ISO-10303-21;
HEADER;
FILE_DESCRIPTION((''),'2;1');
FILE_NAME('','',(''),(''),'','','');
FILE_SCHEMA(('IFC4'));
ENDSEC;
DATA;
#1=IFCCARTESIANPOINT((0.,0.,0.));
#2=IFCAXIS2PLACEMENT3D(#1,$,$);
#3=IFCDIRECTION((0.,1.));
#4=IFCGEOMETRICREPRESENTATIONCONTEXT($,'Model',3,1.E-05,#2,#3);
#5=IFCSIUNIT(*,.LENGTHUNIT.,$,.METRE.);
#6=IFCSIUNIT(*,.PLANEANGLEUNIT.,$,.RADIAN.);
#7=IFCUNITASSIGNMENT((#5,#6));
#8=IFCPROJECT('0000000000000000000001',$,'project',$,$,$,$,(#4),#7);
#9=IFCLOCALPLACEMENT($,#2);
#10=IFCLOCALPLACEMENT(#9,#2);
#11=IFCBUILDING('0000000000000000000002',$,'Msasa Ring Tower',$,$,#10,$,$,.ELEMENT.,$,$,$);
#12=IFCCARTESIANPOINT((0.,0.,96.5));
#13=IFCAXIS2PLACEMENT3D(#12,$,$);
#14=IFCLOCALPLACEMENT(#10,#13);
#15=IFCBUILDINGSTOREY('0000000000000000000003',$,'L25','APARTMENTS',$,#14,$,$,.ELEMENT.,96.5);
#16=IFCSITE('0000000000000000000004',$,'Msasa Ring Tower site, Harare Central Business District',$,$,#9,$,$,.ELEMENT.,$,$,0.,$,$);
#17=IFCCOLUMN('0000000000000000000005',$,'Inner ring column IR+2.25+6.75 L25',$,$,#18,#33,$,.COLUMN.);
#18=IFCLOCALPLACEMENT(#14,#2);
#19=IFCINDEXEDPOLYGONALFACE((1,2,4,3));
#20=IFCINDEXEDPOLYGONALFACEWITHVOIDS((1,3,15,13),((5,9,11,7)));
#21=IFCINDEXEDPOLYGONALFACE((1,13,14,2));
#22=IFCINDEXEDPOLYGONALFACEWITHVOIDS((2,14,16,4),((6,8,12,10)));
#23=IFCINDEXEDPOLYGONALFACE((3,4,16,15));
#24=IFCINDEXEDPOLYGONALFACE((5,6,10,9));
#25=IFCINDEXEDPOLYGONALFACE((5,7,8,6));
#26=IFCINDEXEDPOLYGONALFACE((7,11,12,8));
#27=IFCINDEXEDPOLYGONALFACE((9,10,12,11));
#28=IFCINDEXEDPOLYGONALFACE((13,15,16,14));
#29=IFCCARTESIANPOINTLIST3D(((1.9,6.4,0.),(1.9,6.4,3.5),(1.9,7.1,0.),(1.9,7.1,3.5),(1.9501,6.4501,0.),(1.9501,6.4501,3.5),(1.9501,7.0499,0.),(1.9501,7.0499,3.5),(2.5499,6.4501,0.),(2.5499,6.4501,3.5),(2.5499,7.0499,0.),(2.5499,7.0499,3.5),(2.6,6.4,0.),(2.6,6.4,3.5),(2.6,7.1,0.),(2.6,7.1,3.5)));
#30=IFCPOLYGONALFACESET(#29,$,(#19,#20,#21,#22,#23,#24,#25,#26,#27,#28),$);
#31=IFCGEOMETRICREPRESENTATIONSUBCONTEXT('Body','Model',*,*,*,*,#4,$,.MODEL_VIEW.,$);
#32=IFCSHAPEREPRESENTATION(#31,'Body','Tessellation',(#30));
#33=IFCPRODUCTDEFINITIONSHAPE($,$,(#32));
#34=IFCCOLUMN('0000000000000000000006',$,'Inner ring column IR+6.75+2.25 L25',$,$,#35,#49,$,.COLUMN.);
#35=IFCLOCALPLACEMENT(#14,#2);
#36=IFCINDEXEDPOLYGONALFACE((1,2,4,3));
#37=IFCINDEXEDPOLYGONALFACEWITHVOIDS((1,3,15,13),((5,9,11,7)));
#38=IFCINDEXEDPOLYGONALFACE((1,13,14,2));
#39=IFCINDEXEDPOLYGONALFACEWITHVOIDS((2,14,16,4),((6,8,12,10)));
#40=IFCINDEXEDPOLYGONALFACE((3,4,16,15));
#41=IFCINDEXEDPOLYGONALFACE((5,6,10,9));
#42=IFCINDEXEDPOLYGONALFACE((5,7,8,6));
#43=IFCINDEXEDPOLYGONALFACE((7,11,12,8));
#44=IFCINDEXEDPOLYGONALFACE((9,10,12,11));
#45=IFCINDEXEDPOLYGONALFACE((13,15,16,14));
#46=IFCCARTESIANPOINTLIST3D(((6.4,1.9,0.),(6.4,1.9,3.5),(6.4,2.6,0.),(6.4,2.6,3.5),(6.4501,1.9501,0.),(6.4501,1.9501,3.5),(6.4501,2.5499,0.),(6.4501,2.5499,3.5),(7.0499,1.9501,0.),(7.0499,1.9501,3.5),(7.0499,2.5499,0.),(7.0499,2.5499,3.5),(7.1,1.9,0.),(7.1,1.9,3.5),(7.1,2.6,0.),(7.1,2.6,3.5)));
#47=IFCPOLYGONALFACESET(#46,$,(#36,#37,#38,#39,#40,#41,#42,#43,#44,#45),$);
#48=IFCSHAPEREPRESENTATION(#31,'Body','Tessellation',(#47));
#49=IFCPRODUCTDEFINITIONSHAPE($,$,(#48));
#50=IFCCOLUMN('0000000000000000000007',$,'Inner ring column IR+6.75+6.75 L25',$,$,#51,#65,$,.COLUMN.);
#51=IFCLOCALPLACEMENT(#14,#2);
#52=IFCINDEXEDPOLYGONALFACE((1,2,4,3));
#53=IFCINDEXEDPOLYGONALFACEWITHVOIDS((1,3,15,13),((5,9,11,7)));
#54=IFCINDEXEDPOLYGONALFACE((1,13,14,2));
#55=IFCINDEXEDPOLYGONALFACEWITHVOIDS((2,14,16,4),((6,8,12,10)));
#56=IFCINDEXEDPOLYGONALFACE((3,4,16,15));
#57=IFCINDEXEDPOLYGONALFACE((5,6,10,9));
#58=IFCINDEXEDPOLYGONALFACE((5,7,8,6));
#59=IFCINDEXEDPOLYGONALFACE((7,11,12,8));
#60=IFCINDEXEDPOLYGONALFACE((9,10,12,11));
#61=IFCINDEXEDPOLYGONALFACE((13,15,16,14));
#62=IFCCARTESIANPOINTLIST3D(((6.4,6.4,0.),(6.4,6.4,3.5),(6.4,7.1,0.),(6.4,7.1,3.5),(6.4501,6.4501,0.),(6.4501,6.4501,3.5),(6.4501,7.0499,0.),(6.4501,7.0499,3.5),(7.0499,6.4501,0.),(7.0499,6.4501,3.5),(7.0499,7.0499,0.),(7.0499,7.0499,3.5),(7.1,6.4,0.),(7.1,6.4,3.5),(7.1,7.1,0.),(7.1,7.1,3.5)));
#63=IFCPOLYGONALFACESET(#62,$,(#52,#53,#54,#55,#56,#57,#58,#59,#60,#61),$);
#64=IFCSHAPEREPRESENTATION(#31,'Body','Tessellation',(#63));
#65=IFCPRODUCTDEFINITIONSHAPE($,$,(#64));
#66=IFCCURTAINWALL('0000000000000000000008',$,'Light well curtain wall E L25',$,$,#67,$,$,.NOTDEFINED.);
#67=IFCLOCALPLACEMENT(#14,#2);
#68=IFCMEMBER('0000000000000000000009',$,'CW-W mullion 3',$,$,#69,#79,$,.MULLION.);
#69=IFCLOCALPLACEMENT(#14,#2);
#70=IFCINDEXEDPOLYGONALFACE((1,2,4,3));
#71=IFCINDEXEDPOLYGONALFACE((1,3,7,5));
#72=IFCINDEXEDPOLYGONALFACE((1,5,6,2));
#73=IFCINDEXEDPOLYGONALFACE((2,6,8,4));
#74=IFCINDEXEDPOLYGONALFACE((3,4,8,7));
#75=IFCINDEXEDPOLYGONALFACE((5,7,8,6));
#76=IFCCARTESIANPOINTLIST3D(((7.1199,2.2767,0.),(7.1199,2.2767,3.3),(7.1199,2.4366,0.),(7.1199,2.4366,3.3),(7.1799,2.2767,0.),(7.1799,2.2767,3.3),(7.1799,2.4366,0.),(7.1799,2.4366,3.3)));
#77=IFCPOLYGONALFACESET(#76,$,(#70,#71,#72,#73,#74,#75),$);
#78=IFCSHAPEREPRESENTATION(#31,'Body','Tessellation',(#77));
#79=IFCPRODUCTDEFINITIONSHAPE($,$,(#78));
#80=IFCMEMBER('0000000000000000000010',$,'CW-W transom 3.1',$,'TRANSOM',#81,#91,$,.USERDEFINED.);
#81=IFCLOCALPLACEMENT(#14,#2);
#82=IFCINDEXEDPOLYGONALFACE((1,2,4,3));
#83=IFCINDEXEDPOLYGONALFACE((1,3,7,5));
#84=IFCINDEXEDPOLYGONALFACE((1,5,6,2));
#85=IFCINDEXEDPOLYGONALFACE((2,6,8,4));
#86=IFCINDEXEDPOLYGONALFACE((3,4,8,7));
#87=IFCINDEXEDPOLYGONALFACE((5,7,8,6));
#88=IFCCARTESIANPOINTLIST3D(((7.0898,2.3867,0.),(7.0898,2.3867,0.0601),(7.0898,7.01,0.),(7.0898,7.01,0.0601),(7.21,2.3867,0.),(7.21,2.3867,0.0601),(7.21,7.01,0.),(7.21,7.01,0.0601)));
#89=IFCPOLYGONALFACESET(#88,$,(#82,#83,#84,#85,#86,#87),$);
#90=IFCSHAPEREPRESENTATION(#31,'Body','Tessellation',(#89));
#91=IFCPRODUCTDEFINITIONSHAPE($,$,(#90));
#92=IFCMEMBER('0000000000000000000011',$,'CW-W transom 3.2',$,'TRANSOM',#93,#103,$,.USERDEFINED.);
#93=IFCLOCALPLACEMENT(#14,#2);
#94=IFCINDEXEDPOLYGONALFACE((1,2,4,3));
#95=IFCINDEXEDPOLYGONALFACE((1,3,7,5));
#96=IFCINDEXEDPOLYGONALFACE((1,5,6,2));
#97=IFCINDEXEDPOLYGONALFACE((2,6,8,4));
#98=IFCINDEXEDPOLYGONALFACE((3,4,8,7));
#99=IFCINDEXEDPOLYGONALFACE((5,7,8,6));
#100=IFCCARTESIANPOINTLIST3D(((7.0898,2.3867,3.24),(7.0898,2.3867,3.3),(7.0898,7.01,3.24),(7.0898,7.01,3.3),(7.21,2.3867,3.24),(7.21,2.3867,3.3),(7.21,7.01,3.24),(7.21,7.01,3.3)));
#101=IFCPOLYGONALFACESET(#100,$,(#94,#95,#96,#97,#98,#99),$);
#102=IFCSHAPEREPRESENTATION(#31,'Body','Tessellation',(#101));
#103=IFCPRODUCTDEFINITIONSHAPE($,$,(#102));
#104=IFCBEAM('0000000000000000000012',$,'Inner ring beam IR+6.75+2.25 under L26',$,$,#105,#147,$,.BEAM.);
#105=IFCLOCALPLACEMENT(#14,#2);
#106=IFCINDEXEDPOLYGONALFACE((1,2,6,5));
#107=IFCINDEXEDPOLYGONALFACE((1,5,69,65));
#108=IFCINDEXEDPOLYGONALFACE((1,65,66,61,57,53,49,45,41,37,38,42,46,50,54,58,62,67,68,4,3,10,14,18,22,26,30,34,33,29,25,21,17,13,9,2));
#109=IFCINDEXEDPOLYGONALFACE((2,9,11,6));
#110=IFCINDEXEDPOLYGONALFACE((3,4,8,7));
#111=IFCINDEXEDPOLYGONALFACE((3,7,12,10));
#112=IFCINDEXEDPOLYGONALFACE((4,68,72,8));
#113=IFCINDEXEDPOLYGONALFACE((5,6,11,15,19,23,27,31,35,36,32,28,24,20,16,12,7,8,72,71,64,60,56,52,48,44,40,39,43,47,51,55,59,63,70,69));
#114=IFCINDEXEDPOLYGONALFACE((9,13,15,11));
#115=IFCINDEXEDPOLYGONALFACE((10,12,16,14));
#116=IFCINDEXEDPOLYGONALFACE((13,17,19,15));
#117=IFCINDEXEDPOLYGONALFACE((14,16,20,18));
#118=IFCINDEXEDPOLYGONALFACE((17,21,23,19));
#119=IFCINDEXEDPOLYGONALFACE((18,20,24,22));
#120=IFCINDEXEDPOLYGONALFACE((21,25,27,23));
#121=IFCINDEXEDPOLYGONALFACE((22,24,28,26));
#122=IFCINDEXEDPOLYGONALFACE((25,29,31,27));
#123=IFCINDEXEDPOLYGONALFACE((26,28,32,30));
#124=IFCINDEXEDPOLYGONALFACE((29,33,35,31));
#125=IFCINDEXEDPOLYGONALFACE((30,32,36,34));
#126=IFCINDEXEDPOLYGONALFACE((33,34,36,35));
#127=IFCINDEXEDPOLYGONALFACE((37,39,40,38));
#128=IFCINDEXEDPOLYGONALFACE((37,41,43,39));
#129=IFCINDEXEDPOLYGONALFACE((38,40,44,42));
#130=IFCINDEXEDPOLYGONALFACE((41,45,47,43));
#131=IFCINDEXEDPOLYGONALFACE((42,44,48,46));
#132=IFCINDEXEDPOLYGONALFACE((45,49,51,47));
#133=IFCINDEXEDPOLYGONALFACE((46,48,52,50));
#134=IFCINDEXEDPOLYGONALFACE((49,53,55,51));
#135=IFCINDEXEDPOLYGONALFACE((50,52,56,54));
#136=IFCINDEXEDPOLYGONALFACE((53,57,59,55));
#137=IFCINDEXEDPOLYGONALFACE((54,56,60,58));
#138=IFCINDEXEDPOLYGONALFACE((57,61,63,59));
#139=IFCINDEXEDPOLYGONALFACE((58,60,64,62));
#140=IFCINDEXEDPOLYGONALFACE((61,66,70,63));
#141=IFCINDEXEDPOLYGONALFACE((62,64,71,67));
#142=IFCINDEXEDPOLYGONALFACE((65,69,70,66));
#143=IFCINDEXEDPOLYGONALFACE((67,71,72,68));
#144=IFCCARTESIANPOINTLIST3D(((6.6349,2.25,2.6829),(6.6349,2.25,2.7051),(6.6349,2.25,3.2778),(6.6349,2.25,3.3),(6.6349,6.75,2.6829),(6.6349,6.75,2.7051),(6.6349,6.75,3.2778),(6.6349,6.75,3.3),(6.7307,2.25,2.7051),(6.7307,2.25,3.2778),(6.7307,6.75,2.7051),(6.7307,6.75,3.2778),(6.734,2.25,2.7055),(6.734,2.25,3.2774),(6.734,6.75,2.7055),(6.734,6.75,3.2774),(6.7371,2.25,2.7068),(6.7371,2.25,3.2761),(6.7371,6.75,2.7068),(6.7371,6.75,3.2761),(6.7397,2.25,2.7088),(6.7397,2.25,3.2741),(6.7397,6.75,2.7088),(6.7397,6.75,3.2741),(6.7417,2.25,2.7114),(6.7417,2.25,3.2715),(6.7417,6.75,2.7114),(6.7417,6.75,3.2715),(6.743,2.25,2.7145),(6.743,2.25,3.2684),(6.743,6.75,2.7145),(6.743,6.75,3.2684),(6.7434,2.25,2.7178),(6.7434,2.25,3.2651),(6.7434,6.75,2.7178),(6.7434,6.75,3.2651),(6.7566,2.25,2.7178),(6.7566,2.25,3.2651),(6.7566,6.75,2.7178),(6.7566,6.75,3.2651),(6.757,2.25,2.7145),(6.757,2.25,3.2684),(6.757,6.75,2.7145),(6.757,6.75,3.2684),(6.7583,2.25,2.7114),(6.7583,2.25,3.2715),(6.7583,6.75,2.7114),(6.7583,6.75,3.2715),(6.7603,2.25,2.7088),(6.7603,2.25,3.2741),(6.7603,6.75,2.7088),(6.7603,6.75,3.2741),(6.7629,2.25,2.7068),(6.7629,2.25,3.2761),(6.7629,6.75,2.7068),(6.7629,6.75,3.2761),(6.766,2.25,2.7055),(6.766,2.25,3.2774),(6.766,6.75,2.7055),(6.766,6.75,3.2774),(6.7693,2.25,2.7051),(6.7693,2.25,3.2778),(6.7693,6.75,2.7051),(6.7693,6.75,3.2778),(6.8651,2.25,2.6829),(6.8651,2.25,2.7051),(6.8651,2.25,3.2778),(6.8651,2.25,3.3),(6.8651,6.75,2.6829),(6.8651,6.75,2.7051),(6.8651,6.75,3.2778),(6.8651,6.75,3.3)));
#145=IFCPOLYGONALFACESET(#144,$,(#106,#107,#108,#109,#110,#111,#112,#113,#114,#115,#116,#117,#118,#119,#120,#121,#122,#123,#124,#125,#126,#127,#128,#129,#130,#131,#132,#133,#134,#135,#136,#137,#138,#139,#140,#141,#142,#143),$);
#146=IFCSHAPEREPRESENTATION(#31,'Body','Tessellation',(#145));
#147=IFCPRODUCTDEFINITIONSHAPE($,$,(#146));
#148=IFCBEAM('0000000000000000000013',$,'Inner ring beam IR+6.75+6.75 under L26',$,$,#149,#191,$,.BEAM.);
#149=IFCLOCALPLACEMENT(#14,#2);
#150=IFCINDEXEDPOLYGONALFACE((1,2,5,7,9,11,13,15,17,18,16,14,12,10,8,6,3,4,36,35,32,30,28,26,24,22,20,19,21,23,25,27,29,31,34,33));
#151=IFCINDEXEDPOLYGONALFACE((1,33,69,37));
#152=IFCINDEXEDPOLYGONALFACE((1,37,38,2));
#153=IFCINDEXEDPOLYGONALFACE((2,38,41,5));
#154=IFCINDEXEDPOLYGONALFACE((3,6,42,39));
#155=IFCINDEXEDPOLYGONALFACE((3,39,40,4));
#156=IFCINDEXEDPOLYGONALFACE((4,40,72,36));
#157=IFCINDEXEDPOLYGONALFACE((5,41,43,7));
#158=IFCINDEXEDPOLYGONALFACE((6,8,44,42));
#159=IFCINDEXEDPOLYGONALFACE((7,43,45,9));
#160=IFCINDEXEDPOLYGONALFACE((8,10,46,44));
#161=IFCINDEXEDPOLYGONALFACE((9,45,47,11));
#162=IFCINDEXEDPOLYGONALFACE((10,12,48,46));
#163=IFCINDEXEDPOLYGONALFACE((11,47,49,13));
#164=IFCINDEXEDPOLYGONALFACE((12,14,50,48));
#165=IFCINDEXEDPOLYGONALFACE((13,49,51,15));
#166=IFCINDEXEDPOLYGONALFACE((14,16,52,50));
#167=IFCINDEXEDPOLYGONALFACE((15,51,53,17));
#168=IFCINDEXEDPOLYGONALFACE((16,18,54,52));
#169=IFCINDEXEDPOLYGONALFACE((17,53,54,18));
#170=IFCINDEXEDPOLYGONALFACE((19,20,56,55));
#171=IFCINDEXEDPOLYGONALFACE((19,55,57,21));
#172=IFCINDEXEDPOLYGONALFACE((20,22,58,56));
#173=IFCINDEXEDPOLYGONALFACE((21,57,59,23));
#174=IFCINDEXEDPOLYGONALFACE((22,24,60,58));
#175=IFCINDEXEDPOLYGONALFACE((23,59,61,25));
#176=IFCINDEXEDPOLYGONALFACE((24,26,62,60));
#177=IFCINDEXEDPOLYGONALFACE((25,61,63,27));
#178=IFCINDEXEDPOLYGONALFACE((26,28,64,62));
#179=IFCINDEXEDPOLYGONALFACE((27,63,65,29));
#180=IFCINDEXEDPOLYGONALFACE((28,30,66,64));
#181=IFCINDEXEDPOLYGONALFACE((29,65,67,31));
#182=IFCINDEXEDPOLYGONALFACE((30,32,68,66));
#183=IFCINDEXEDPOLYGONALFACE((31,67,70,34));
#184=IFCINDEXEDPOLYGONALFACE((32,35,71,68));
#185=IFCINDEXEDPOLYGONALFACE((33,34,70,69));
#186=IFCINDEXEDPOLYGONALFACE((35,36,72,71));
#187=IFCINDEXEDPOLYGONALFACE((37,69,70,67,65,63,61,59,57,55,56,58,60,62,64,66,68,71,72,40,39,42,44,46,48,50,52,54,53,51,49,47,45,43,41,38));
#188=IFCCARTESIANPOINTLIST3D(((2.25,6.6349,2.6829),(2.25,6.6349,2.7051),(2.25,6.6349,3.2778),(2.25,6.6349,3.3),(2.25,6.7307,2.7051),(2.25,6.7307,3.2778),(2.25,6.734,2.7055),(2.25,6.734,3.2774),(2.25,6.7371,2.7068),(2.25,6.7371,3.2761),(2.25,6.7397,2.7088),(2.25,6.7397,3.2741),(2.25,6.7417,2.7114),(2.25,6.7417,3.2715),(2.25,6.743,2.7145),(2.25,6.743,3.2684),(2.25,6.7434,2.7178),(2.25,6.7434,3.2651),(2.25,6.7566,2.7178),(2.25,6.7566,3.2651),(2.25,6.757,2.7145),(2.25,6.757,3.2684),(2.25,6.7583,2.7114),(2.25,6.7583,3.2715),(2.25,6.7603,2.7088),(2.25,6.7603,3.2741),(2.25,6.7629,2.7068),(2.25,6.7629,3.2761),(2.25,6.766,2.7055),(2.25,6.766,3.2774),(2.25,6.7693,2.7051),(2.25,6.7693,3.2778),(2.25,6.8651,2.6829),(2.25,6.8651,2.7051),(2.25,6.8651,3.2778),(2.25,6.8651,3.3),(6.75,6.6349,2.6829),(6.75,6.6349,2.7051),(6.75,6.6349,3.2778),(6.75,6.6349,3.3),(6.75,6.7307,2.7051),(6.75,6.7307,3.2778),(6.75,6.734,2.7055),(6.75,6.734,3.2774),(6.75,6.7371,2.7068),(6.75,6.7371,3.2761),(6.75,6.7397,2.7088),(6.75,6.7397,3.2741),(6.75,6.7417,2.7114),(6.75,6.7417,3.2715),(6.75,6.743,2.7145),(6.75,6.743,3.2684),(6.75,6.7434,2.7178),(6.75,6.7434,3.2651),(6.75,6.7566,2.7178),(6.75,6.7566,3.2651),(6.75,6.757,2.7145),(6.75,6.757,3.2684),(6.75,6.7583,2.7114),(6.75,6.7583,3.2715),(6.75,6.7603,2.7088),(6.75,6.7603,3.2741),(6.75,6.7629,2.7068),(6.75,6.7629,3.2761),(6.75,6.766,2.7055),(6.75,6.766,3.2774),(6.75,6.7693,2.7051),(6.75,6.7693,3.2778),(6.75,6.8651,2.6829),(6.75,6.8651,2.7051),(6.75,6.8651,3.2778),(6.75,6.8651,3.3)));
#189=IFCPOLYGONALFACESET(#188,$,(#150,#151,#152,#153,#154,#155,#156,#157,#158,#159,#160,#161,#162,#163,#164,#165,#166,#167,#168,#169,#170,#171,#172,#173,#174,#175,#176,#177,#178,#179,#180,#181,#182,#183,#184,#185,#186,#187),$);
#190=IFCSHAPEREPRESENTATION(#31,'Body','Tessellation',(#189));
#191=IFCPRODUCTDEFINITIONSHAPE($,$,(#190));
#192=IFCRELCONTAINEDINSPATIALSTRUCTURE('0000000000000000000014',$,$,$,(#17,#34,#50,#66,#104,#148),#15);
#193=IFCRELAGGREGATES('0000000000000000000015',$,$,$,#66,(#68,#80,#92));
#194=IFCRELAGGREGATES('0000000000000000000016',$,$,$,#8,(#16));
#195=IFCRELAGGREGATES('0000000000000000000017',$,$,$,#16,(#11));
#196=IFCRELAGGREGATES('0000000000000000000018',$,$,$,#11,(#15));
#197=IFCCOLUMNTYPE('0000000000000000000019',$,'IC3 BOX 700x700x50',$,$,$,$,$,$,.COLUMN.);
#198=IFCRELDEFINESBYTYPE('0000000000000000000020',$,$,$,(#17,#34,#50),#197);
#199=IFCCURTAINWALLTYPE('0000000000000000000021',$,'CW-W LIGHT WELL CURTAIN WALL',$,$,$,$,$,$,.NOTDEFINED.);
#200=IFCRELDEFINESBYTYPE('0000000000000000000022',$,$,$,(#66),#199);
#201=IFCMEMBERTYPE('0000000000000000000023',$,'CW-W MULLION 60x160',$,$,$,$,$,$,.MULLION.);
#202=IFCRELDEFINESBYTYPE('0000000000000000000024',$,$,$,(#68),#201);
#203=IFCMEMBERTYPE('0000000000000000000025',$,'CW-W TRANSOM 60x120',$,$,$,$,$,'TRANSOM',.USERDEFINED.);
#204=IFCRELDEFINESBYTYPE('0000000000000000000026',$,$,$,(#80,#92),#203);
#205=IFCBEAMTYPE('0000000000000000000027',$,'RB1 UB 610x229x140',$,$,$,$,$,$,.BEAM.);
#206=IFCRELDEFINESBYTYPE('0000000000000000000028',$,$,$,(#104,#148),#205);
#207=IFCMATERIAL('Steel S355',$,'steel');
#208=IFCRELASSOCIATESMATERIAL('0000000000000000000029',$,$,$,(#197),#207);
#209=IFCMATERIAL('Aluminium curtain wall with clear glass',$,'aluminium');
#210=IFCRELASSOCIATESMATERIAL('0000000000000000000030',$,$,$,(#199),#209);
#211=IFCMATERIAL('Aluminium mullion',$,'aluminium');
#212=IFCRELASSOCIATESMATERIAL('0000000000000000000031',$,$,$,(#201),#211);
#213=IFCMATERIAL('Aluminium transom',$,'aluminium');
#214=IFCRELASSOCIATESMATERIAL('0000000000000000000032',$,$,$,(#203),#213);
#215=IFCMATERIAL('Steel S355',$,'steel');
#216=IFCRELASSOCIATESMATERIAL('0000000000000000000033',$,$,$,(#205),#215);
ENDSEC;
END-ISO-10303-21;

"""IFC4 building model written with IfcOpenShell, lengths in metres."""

from ifc_helpers import new_model, si_unit, direction, frame, origin, origin_2d, place, context, subcontext, project, spatial, rectangle, hollow_rectangle, i_section, extrude, material, material_profile, profile_set, type_object, element, aggregate, save


model = new_model("IFC4")

# Units and contexts
model_context = context("Model", 3, precision=1e-05, world=origin(), true_north=direction((0.0, 1.0)))
body_context = subcontext(model_context, "Body", "Model", "MODEL_VIEW")
ifc_project = project(units=[si_unit("LENGTHUNIT", "METRE"), si_unit("PLANEANGLEUNIT", "RADIAN")], contexts=[model_context])

# Site, building, storey
site_placement = place(None, origin())
site = spatial("IfcSite", under=ifc_project, at=site_placement, Name="Msasa Ring Tower site, Harare Central Business District", CompositionType="ELEMENT", RefElevation=0.0)
building_placement = place(site_placement, origin())
building = spatial("IfcBuilding", under=site, at=building_placement, Name="Msasa Ring Tower", CompositionType="ELEMENT")
storey_placement = place(building_placement, frame((0.0, 0.0, 96.5)))
storey = spatial("IfcBuildingStorey", under=building, at=storey_placement, Name="L25", Description="APARTMENTS", CompositionType="ELEMENT", Elevation=96.5)

# Columns
ifc_material_1 = material(Name="Steel S355", Category="steel")
ifc_material_profile_1 = material_profile(ifc_material_1, hollow_rectangle(XDim=0.7, YDim=0.7, WallThickness=0.05, at=origin_2d()), Name="BOX 700x700x50")
ifc_profile_set_1 = profile_set([ifc_material_profile_1], Name="Steel S355")
column_type = type_object("IfcColumnType", Name="IC3 BOX 700x700x50", PredefinedType="COLUMN", material=ifc_profile_set_1)
for number, where, z_axis, x_axis, name in (
    (1, (2.25, 6.75, 0.0), (0.0, 0.0, 1.0), (1.0, 0.0, 0.0), "Inner ring column IR+2.25+6.75 L25"),
    (2, (6.75, 2.25, 0.0), (0.0, 0.0, 1.0), (1.0, 0.0, 0.0), "Inner ring column IR+6.75+2.25 L25"),
    (3, (6.75, 6.75, 0.0), (0.0, 0.0, 1.0), (1.0, 0.0, 0.0), "Inner ring column IR+6.75+6.75 L25"),
):
    element("IfcColumn", number, at=place(storey_placement, frame(where, z_axis=z_axis, x_axis=x_axis)), inside=storey, type_object=column_type, Name=name, PredefinedType="COLUMN", context=body_context, shape_type="SweptSolid", body=[
        extrude(hollow_rectangle(XDim=0.7, YDim=0.7, WallThickness=0.05, at=origin_2d()), origin(), (0.0, 0.0, 1.0), 3.5),
    ])

# Curtain wall, members
ifc_material_2 = material(Name="Aluminium curtain wall with clear glass", Category="aluminium")
curtain_wall_type = type_object("IfcCurtainWallType", Name="CW-W LIGHT WELL CURTAIN WALL", PredefinedType="NOTDEFINED", material=ifc_material_2)
curtain_wall_placement = place(storey_placement, origin())
curtain_wall = element("IfcCurtainWall", 4, at=curtain_wall_placement, inside=storey, type_object=curtain_wall_type, Name="Light well curtain wall E L25", PredefinedType="NOTDEFINED")
ifc_material_3 = material(Name="Aluminium mullion", Category="aluminium")
ifc_material_profile_2 = material_profile(ifc_material_3, rectangle(XDim=0.0601, YDim=0.1599, at=origin_2d()), Name="AL 60x160")
ifc_profile_set_2 = profile_set([ifc_material_profile_2], Name="Aluminium mullion")
member_type_1 = type_object("IfcMemberType", Name="CW-W MULLION 60x160", PredefinedType="MULLION", material=ifc_profile_set_2)
member_1_placement = place(storey_placement, frame((7.1499, 2.3567, 0.0), z_axis=(0.0, 0.0, 1.0), x_axis=(-1.0, 0.0, 0.0)))
member_1 = element("IfcMember", 5, at=member_1_placement, type_object=member_type_1, Name="CW-W mullion 3", PredefinedType="MULLION", context=body_context, shape_type="SweptSolid", body=[
    extrude(rectangle(XDim=0.0601, YDim=0.1599, at=origin_2d()), origin(), (0.0, 0.0, 1.0), 3.3),
])
ifc_material_4 = material(Name="Aluminium transom", Category="aluminium")
ifc_material_profile_3 = material_profile(ifc_material_4, rectangle(XDim=0.1201, YDim=0.0601, at=origin_2d()), Name="AL 60x120")
ifc_profile_set_3 = profile_set([ifc_material_profile_3], Name="Aluminium transom")
member_type_2 = type_object("IfcMemberType", Name="CW-W TRANSOM 60x120", ElementType="TRANSOM", PredefinedType="USERDEFINED", material=ifc_profile_set_3)
member_2_placement = place(storey_placement, frame((7.1499, 2.3867, 0.03), z_axis=(0.0, 1.0, 0.0), x_axis=(-1.0, 0.0, 0.0)))
member_2 = element("IfcMember", 6, at=member_2_placement, type_object=member_type_2, Name="CW-W transom 3.1", ObjectType="TRANSOM", PredefinedType="USERDEFINED", context=body_context, shape_type="SweptSolid", body=[
    extrude(rectangle(XDim=0.1201, YDim=0.0601, at=origin_2d()), origin(), (0.0, 0.0, 1.0), 4.6233),
])
member_3_placement = place(storey_placement, frame((7.1499, 2.3867, 3.27), z_axis=(0.0, 1.0, 0.0), x_axis=(-1.0, 0.0, 0.0)))
member_3 = element("IfcMember", 7, at=member_3_placement, type_object=member_type_2, Name="CW-W transom 3.2", ObjectType="TRANSOM", PredefinedType="USERDEFINED", context=body_context, shape_type="SweptSolid", body=[
    extrude(rectangle(XDim=0.1201, YDim=0.0601, at=origin_2d()), origin(), (0.0, 0.0, 1.0), 4.6233),
])

# Beams
ifc_material_5 = material(Name="Steel S355", Category="steel")
ifc_material_profile_4 = material_profile(ifc_material_5, i_section(OverallWidth=0.2302, OverallDepth=0.6172, WebThickness=0.0132, FlangeThickness=0.0222, FilletRadius=0.0127, at=origin_2d()), Name="UB 610x229x140")
ifc_profile_set_4 = profile_set([ifc_material_profile_4], Name="Steel S355")
beam_type = type_object("IfcBeamType", Name="RB1 UB 610x229x140", PredefinedType="BEAM", material=ifc_profile_set_4)
for number, where, z_axis, x_axis, name in (
    (8, (6.75, 2.25, 2.9915), (0.0, 1.0, 0.0), (-1.0, 0.0, 0.0), "Inner ring beam IR+6.75+2.25 under L26"),
    (9, (6.75, 6.75, 2.9915), (-1.0, 0.0, 0.0), (0.0, -1.0, 0.0), "Inner ring beam IR+6.75+6.75 under L26"),
):
    element("IfcBeam", number, at=place(storey_placement, frame(where, z_axis=z_axis, x_axis=x_axis)), inside=storey, type_object=beam_type, Name=name, PredefinedType="BEAM", context=body_context, shape_type="SweptSolid", body=[
        extrude(i_section(OverallWidth=0.2302, OverallDepth=0.6172, WebThickness=0.0132, FlangeThickness=0.0222, FilletRadius=0.0127, at=origin_2d()), origin(), (0.0, 0.0, 1.0), 4.5),
    ])

aggregate(curtain_wall, [member_1, member_2, member_3])

save(model, "model.ifc")
